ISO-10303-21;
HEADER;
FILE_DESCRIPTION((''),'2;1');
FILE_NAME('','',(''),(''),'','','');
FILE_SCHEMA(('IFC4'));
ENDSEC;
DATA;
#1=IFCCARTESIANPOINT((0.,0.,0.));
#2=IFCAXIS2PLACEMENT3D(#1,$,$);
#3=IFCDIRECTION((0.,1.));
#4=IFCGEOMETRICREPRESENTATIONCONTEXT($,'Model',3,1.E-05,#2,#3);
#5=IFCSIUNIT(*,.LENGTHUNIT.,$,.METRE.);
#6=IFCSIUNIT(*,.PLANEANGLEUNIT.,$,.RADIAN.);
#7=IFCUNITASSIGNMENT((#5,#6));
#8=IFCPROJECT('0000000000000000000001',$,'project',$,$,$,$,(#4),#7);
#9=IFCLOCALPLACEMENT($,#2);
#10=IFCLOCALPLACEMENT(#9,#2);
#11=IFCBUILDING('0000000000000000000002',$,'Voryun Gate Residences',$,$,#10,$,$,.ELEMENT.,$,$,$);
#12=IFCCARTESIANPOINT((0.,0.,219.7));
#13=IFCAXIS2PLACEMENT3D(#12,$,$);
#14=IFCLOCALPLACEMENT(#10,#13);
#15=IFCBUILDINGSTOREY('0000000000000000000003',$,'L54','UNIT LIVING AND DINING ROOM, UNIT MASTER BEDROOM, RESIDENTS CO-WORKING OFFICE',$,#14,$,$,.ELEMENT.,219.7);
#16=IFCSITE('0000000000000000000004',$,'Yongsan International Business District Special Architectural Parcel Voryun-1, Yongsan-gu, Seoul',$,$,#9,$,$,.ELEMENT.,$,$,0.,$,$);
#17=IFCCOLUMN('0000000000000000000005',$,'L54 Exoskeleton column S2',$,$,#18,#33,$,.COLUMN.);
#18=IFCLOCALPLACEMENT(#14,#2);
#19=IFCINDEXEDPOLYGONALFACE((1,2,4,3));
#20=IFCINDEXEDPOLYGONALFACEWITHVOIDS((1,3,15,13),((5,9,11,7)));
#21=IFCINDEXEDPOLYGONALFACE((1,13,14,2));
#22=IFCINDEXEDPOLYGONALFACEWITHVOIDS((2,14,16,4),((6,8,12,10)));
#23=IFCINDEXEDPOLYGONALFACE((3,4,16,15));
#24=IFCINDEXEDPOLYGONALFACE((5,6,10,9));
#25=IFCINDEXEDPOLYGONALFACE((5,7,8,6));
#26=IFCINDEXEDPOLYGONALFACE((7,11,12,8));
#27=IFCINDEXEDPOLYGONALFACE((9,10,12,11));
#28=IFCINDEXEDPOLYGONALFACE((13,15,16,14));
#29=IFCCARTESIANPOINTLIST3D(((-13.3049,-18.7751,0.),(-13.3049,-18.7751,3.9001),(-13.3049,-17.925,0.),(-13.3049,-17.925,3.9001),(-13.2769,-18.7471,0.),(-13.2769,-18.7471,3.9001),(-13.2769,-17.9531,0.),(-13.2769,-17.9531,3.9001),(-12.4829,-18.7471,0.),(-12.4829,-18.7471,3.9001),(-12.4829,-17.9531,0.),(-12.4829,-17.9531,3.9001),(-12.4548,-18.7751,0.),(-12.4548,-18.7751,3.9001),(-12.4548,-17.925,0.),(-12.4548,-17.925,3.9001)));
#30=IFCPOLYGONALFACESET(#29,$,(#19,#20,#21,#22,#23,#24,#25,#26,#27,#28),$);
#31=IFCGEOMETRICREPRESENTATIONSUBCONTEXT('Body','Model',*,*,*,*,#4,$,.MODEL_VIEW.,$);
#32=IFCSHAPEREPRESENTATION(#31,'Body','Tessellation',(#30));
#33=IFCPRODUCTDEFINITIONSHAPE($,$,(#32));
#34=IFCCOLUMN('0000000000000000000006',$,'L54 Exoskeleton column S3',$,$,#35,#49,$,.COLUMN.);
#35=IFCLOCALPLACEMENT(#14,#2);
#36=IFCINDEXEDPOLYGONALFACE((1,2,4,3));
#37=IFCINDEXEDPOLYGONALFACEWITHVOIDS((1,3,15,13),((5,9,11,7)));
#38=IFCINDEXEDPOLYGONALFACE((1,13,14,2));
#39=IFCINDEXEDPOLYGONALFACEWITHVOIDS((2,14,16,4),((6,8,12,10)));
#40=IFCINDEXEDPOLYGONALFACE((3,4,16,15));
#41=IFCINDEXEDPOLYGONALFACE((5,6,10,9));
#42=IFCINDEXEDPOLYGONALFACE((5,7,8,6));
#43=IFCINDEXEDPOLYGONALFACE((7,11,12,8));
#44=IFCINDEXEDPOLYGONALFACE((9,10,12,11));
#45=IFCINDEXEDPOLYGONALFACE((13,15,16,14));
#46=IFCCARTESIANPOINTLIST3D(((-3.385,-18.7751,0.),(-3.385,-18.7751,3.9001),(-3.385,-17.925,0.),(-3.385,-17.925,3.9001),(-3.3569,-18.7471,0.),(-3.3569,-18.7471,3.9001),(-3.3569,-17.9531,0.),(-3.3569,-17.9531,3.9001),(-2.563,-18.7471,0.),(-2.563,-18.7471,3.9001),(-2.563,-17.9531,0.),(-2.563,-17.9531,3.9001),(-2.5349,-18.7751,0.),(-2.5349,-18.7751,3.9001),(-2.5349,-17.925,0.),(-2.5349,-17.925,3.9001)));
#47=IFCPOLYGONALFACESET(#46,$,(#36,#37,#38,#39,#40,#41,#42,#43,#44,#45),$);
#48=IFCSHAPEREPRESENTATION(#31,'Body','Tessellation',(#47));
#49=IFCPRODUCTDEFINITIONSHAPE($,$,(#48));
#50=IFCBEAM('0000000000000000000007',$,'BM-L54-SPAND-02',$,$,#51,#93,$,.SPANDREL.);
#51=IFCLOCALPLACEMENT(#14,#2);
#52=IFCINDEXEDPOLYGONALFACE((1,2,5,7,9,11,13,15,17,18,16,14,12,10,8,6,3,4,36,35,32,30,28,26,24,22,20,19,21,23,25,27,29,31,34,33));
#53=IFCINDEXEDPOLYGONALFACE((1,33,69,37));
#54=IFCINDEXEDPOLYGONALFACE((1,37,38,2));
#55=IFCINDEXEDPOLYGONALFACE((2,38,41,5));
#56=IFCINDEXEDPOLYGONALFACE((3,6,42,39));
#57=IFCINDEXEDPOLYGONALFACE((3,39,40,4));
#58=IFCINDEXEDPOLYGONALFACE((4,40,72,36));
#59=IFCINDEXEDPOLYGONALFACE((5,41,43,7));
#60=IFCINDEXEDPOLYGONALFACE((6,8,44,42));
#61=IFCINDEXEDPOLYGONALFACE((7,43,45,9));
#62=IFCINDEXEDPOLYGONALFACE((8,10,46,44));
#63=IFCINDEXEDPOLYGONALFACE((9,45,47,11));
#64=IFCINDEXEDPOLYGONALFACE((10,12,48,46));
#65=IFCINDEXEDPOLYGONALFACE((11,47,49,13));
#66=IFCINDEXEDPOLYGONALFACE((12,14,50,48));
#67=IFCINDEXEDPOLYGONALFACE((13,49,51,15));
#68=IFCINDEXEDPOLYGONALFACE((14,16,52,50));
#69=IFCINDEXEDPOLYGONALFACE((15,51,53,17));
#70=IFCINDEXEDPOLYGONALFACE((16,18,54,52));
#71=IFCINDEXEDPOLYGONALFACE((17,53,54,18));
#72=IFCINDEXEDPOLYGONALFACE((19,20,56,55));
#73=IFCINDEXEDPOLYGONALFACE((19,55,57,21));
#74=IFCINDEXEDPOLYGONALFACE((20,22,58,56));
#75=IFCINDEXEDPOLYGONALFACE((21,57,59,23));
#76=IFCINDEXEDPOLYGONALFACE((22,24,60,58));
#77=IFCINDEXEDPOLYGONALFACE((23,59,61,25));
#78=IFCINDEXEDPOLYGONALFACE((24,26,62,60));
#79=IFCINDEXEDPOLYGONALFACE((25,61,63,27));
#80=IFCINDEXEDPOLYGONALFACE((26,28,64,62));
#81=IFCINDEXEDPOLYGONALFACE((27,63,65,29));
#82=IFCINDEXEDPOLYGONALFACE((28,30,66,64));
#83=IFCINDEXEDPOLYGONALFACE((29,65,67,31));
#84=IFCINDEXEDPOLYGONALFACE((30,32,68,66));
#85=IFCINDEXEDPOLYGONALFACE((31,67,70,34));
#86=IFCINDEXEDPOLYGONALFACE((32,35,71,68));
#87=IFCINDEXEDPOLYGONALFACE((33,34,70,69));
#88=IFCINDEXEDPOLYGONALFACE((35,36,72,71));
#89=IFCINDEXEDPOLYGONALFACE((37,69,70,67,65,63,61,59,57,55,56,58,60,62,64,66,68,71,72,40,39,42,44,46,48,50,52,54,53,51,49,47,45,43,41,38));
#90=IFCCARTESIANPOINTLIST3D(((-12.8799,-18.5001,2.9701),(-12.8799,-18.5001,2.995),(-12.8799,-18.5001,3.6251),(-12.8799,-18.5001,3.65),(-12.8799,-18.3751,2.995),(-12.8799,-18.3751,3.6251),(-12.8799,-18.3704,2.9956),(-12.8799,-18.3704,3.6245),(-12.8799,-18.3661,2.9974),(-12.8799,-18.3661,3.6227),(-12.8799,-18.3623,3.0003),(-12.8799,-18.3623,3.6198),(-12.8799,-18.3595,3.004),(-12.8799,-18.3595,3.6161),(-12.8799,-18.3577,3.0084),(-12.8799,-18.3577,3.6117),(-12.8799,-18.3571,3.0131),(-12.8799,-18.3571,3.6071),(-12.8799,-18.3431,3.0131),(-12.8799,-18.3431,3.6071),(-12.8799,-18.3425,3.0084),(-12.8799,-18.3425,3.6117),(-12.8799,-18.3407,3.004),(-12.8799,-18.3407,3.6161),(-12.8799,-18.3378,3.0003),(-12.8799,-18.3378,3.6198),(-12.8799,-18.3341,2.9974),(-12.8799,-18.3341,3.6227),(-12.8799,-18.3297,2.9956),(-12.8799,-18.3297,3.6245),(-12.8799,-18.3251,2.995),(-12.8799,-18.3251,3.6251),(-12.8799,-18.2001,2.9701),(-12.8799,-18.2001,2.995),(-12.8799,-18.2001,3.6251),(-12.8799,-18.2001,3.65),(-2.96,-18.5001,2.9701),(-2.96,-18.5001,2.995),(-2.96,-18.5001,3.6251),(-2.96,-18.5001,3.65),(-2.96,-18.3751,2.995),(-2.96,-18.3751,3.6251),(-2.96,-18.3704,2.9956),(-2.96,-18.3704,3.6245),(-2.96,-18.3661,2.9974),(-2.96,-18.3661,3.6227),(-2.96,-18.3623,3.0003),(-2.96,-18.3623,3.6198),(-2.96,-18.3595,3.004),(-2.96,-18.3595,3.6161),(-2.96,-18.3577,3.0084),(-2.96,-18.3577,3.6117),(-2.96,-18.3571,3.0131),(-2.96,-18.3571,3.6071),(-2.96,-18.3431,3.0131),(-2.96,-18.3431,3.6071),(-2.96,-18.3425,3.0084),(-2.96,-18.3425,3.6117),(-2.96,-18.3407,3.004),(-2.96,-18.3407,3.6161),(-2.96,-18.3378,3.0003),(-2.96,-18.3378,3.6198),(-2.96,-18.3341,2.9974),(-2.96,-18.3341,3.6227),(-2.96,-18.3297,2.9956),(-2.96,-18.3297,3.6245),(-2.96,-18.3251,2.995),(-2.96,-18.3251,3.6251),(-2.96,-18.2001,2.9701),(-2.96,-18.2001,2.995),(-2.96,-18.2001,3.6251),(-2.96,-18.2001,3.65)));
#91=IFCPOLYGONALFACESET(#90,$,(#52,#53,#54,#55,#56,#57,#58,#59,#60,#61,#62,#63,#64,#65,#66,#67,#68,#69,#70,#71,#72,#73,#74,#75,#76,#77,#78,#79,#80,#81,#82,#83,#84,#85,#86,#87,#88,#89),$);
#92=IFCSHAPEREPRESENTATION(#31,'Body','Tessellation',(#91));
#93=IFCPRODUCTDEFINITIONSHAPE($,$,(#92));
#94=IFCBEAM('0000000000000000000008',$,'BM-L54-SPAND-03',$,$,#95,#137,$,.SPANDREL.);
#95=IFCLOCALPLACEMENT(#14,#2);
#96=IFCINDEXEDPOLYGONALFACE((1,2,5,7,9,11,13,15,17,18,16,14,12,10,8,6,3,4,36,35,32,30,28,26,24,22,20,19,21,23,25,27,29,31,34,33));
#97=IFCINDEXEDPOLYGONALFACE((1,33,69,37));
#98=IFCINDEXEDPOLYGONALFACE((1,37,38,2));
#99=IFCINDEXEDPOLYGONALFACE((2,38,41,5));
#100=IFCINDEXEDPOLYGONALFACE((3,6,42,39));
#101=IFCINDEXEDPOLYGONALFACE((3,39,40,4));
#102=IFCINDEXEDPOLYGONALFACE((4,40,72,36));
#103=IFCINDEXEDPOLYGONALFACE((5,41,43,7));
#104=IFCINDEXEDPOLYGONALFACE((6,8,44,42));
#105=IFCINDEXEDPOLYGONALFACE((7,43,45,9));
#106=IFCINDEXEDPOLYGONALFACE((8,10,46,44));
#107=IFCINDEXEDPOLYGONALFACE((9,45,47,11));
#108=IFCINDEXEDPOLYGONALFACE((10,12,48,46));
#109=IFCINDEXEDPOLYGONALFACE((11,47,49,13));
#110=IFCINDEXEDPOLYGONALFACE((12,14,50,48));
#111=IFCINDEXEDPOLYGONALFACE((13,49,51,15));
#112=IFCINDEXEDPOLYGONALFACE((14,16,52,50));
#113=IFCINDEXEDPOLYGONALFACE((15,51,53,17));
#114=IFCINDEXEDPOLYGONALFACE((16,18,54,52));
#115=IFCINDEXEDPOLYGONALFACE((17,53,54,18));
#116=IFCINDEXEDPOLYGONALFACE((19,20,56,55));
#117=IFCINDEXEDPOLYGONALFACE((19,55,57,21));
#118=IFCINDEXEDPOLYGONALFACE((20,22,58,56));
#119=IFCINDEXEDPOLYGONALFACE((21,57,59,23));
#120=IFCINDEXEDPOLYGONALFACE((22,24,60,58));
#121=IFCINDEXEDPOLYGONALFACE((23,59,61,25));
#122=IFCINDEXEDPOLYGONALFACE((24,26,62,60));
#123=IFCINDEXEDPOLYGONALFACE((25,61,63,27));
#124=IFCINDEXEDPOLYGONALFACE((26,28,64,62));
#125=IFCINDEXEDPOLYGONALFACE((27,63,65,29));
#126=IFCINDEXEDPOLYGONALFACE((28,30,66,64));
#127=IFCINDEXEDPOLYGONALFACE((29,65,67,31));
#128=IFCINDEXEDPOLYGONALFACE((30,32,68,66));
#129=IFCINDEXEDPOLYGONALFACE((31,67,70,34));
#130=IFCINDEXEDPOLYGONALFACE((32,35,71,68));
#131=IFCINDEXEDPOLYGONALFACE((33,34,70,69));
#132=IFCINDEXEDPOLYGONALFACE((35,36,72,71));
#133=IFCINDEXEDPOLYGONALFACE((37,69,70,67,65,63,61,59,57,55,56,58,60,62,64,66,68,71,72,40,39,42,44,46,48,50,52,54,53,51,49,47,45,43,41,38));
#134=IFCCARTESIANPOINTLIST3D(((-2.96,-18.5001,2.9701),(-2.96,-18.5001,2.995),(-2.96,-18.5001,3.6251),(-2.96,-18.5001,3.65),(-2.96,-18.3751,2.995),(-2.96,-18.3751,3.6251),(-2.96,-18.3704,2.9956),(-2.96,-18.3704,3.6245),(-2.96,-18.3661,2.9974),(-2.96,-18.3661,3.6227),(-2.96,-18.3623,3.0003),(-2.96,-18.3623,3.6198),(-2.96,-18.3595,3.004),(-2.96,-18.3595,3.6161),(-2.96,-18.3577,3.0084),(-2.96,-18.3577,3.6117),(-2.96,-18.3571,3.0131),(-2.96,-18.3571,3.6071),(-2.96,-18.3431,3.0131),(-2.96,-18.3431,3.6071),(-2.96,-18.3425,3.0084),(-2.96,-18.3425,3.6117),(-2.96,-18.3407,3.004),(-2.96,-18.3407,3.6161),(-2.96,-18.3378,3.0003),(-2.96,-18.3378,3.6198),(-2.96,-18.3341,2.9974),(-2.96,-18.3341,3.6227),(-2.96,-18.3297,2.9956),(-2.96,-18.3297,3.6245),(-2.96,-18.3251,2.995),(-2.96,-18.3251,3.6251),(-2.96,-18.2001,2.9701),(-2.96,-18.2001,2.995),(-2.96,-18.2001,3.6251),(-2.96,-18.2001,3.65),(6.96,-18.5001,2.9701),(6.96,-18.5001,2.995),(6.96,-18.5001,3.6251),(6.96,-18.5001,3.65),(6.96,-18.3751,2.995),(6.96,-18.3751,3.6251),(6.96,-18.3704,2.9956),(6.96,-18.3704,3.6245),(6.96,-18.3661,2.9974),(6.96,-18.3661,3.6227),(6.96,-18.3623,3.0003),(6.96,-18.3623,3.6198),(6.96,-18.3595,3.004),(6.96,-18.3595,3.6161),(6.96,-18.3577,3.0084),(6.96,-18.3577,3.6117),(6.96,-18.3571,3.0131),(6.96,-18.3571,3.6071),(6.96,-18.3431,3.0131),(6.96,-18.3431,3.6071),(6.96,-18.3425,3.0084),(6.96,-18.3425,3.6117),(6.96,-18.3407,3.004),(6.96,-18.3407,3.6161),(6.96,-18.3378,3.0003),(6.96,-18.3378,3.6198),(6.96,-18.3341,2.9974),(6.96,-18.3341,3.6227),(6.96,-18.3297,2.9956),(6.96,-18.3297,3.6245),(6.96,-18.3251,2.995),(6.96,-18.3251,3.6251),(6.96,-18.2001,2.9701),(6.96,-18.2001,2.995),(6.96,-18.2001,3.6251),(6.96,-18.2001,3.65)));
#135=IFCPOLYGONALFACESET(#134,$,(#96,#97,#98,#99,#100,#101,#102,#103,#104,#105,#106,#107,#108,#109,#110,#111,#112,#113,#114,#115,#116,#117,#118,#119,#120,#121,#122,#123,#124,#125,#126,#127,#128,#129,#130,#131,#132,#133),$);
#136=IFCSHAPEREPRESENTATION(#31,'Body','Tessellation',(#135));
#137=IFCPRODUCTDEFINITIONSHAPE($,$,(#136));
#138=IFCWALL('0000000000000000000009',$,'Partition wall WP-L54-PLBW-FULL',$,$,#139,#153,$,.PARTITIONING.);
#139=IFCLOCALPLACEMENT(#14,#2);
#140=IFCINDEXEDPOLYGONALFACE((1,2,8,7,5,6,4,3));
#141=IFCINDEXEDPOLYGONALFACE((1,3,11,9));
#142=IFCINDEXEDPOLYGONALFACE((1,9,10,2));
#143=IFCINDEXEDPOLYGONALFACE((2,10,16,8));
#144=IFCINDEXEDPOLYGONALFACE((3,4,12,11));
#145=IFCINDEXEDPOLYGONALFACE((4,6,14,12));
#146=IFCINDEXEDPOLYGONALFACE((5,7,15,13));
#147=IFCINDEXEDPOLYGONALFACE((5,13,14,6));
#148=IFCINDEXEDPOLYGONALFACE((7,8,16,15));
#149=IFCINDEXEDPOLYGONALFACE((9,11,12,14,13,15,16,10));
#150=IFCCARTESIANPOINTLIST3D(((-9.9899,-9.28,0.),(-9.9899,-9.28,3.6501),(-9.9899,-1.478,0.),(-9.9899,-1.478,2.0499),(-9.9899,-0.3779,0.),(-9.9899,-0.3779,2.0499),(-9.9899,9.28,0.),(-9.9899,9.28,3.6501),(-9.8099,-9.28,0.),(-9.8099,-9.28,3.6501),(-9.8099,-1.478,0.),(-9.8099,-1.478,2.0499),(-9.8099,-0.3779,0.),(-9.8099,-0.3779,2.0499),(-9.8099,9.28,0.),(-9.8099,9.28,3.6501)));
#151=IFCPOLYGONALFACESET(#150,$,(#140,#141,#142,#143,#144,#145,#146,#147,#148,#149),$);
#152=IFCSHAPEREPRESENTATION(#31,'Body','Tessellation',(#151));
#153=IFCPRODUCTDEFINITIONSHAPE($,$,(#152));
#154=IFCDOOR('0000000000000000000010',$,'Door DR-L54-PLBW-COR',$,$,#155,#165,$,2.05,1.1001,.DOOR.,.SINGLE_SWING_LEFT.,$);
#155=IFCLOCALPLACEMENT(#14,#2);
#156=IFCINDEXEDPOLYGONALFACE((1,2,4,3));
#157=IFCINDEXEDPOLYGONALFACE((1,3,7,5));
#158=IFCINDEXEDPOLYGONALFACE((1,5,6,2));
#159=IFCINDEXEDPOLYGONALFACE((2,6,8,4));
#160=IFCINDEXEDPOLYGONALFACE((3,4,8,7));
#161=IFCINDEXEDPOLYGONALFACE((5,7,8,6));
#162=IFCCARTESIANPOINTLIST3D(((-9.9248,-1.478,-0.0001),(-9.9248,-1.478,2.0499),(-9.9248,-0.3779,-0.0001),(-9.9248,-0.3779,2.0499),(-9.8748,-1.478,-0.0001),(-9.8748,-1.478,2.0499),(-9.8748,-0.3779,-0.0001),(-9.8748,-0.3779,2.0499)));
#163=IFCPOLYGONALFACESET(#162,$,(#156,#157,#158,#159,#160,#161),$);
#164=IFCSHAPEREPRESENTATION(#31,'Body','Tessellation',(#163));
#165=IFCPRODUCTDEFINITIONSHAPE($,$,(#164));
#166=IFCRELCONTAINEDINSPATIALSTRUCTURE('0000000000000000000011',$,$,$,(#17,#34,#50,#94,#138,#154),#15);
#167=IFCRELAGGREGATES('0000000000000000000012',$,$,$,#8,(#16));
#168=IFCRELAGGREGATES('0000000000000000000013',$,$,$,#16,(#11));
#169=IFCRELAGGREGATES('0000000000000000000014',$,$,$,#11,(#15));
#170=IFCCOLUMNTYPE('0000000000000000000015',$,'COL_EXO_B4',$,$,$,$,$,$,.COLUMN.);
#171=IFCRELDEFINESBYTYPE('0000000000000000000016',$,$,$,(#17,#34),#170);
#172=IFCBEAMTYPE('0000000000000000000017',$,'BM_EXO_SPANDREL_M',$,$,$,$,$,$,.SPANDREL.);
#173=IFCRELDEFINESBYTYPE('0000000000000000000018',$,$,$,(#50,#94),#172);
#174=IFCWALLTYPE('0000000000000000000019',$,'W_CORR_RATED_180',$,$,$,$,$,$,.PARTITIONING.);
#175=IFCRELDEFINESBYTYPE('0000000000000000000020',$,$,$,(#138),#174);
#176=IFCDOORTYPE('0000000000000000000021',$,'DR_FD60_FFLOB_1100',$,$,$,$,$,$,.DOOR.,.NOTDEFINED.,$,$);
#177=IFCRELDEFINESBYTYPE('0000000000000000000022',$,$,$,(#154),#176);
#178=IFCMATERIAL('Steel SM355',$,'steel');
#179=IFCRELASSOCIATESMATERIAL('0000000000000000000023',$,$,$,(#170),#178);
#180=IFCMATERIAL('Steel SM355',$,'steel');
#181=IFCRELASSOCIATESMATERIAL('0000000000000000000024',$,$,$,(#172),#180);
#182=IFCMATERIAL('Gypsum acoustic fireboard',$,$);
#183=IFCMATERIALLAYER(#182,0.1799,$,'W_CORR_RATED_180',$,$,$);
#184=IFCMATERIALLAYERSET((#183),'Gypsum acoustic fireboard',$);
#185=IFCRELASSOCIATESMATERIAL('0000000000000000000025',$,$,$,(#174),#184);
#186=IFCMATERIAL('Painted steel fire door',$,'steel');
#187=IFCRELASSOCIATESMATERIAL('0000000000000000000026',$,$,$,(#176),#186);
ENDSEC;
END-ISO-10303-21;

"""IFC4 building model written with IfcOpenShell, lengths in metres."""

from ifc_helpers import new_model, si_unit, direction, frame, frame_2d, origin, origin_2d, place, context, subcontext, project, spatial, rectangle, hollow_rectangle, i_section, extrude, material, layer, layer_set, material_profile, profile_set, type_object, element, fill, save


model = new_model("IFC4")

# Units and contexts
model_context = context("Model", 3, precision=1e-05, world=origin(), true_north=direction((0.0, 1.0)))
body_context = subcontext(model_context, "Body", "Model", "MODEL_VIEW")
ifc_project = project(units=[si_unit("LENGTHUNIT", "METRE"), si_unit("PLANEANGLEUNIT", "RADIAN")], contexts=[model_context])

# Site, building, storey
site_placement = place(None, origin())
site = spatial("IfcSite", under=ifc_project, at=site_placement, Name="Yongsan International Business District Special Architectural Parcel Voryun-1, Yongsan-gu, Seoul", CompositionType="ELEMENT", RefElevation=0.0)
building_placement = place(site_placement, origin())
building = spatial("IfcBuilding", under=site, at=building_placement, Name="Voryun Gate Residences", CompositionType="ELEMENT")
storey_placement = place(building_placement, frame((0.0, 0.0, 219.7)))
storey = spatial("IfcBuildingStorey", under=building, at=storey_placement, Name="L54", Description="UNIT LIVING AND DINING ROOM, UNIT MASTER BEDROOM, RESIDENTS CO-WORKING OFFICE", CompositionType="ELEMENT", Elevation=219.7)

# Columns
ifc_material_1 = material(Name="Steel SM355", Category="steel")
ifc_material_profile_1 = material_profile(ifc_material_1, hollow_rectangle(XDim=0.8501, YDim=0.8501, WallThickness=0.0281, at=origin_2d()), Name="BOX-850x850x28")
ifc_profile_set_1 = profile_set([ifc_material_profile_1], Name="Steel SM355")
column_type = type_object("IfcColumnType", Name="COL_EXO_B4", PredefinedType="COLUMN", material=ifc_profile_set_1)
for number, where, z_axis, x_axis, name in (
    (1, (-12.8799, -18.3501, 0.0), (0.0, 0.0, 1.0), (1.0, 0.0, 0.0), "L54 Exoskeleton column S2"),
    (2, (-2.96, -18.3501, 0.0), (0.0, 0.0, 1.0), (1.0, 0.0, 0.0), "L54 Exoskeleton column S3"),
):
    element("IfcColumn", number, at=place(storey_placement, frame(where, z_axis=z_axis, x_axis=x_axis)), inside=storey, type_object=column_type, Name=name, PredefinedType="COLUMN", context=body_context, shape_type="SweptSolid", body=[
        extrude(hollow_rectangle(XDim=0.8501, YDim=0.8501, WallThickness=0.0281, at=origin_2d()), origin(), (0.0, 0.0, 1.0), 3.9001),
    ])

# Beams
ifc_material_2 = material(Name="Steel SM355", Category="steel")
ifc_material_profile_2 = material_profile(ifc_material_2, i_section(OverallWidth=0.3, OverallDepth=0.6799, WebThickness=0.0139, FlangeThickness=0.0249, FilletRadius=0.0181, at=origin_2d()), Name="H-680x300x14x25")
ifc_profile_set_2 = profile_set([ifc_material_profile_2], Name="Steel SM355")
beam_type = type_object("IfcBeamType", Name="BM_EXO_SPANDREL_M", PredefinedType="SPANDREL", material=ifc_profile_set_2)
for number, where, z_axis, x_axis, name in (
    (3, (-12.8799, -18.3501, 3.3101), (1.0, 0.0, 0.0), (0.0, 1.0, 0.0), "BM-L54-SPAND-02"),
    (4, (-2.96, -18.3501, 3.3101), (1.0, 0.0, 0.0), (0.0, 1.0, 0.0), "BM-L54-SPAND-03"),
):
    element("IfcBeam", number, at=place(storey_placement, frame(where, z_axis=z_axis, x_axis=x_axis)), inside=storey, type_object=beam_type, Name=name, PredefinedType="SPANDREL", context=body_context, shape_type="SweptSolid", body=[
        extrude(i_section(OverallWidth=0.3, OverallDepth=0.6799, WebThickness=0.0139, FlangeThickness=0.0249, FilletRadius=0.0181, at=origin_2d()), origin(), (0.0, 0.0, 1.0), 9.9199),
    ])

# Wall, opening, door
ifc_material_3 = material(Name="Gypsum acoustic fireboard")
ifc_layer_1 = layer(ifc_material_3, 0.1799, Name="W_CORR_RATED_180")
ifc_layer_set_1 = layer_set([ifc_layer_1], Name="Gypsum acoustic fireboard")
wall_type_1 = type_object("IfcWallType", Name="W_CORR_RATED_180", PredefinedType="PARTITIONING", material=ifc_layer_set_1)
wall_1_placement = place(storey_placement, frame((-9.8999, -9.28, 0.0), z_axis=(0.0, 0.0, 1.0), x_axis=(0.0, 1.0, 0.0)))
wall_1 = element("IfcWall", 5, at=wall_1_placement, inside=storey, type_object=wall_type_1, Name="Partition wall WP-L54-PLBW-FULL", PredefinedType="PARTITIONING", context=body_context, shape_type="SweptSolid", body=[
    extrude(rectangle(XDim=18.5601, YDim=0.1799, at=frame_2d((9.28, 0.0))), origin(), (0.0, 0.0, 1.0), 3.6501),
])
opening_1_placement = place(wall_1_placement, frame((7.802, 0.0, 0.0)))
opening_1 = element("IfcOpeningElement", 6, at=opening_1_placement, cuts=wall_1, PredefinedType="OPENING", context=body_context, shape_type="SweptSolid", body=[
    extrude(rectangle(XDim=1.1001, YDim=2.05, at=frame_2d((0.55, 1.0249))), frame((0.0, 0.0999, 0.0), z_axis=(0.0, -1.0, 0.0), x_axis=(1.0, 0.0, 0.0)), (0.0, 0.0, 1.0), 0.2),
])
ifc_material_4 = material(Name="Painted steel fire door", Category="steel")
door_type_1 = type_object("IfcDoorType", Name="DR_FD60_FFLOB_1100", OperationType="NOTDEFINED", PredefinedType="DOOR", material=ifc_material_4)
door_1_placement = place(opening_1_placement, origin())
door_1 = element("IfcDoor", 7, at=door_1_placement, inside=storey, type_object=door_type_1, Name="Door DR-L54-PLBW-COR", OperationType="SINGLE_SWING_LEFT", OverallHeight=2.05, OverallWidth=1.1001, PredefinedType="DOOR", context=body_context, shape_type="SweptSolid", body=[
    extrude(rectangle(XDim=1.1001, YDim=2.05, at=frame_2d((0.55, 1.0249))), frame((0.0, 0.0249, 0.0), z_axis=(0.0, -1.0, 0.0), x_axis=(1.0, 0.0, 0.0)), (0.0, 0.0, 1.0), 0.05),
])
fill(opening_1, door_1)

save(model, "model.ifc")
